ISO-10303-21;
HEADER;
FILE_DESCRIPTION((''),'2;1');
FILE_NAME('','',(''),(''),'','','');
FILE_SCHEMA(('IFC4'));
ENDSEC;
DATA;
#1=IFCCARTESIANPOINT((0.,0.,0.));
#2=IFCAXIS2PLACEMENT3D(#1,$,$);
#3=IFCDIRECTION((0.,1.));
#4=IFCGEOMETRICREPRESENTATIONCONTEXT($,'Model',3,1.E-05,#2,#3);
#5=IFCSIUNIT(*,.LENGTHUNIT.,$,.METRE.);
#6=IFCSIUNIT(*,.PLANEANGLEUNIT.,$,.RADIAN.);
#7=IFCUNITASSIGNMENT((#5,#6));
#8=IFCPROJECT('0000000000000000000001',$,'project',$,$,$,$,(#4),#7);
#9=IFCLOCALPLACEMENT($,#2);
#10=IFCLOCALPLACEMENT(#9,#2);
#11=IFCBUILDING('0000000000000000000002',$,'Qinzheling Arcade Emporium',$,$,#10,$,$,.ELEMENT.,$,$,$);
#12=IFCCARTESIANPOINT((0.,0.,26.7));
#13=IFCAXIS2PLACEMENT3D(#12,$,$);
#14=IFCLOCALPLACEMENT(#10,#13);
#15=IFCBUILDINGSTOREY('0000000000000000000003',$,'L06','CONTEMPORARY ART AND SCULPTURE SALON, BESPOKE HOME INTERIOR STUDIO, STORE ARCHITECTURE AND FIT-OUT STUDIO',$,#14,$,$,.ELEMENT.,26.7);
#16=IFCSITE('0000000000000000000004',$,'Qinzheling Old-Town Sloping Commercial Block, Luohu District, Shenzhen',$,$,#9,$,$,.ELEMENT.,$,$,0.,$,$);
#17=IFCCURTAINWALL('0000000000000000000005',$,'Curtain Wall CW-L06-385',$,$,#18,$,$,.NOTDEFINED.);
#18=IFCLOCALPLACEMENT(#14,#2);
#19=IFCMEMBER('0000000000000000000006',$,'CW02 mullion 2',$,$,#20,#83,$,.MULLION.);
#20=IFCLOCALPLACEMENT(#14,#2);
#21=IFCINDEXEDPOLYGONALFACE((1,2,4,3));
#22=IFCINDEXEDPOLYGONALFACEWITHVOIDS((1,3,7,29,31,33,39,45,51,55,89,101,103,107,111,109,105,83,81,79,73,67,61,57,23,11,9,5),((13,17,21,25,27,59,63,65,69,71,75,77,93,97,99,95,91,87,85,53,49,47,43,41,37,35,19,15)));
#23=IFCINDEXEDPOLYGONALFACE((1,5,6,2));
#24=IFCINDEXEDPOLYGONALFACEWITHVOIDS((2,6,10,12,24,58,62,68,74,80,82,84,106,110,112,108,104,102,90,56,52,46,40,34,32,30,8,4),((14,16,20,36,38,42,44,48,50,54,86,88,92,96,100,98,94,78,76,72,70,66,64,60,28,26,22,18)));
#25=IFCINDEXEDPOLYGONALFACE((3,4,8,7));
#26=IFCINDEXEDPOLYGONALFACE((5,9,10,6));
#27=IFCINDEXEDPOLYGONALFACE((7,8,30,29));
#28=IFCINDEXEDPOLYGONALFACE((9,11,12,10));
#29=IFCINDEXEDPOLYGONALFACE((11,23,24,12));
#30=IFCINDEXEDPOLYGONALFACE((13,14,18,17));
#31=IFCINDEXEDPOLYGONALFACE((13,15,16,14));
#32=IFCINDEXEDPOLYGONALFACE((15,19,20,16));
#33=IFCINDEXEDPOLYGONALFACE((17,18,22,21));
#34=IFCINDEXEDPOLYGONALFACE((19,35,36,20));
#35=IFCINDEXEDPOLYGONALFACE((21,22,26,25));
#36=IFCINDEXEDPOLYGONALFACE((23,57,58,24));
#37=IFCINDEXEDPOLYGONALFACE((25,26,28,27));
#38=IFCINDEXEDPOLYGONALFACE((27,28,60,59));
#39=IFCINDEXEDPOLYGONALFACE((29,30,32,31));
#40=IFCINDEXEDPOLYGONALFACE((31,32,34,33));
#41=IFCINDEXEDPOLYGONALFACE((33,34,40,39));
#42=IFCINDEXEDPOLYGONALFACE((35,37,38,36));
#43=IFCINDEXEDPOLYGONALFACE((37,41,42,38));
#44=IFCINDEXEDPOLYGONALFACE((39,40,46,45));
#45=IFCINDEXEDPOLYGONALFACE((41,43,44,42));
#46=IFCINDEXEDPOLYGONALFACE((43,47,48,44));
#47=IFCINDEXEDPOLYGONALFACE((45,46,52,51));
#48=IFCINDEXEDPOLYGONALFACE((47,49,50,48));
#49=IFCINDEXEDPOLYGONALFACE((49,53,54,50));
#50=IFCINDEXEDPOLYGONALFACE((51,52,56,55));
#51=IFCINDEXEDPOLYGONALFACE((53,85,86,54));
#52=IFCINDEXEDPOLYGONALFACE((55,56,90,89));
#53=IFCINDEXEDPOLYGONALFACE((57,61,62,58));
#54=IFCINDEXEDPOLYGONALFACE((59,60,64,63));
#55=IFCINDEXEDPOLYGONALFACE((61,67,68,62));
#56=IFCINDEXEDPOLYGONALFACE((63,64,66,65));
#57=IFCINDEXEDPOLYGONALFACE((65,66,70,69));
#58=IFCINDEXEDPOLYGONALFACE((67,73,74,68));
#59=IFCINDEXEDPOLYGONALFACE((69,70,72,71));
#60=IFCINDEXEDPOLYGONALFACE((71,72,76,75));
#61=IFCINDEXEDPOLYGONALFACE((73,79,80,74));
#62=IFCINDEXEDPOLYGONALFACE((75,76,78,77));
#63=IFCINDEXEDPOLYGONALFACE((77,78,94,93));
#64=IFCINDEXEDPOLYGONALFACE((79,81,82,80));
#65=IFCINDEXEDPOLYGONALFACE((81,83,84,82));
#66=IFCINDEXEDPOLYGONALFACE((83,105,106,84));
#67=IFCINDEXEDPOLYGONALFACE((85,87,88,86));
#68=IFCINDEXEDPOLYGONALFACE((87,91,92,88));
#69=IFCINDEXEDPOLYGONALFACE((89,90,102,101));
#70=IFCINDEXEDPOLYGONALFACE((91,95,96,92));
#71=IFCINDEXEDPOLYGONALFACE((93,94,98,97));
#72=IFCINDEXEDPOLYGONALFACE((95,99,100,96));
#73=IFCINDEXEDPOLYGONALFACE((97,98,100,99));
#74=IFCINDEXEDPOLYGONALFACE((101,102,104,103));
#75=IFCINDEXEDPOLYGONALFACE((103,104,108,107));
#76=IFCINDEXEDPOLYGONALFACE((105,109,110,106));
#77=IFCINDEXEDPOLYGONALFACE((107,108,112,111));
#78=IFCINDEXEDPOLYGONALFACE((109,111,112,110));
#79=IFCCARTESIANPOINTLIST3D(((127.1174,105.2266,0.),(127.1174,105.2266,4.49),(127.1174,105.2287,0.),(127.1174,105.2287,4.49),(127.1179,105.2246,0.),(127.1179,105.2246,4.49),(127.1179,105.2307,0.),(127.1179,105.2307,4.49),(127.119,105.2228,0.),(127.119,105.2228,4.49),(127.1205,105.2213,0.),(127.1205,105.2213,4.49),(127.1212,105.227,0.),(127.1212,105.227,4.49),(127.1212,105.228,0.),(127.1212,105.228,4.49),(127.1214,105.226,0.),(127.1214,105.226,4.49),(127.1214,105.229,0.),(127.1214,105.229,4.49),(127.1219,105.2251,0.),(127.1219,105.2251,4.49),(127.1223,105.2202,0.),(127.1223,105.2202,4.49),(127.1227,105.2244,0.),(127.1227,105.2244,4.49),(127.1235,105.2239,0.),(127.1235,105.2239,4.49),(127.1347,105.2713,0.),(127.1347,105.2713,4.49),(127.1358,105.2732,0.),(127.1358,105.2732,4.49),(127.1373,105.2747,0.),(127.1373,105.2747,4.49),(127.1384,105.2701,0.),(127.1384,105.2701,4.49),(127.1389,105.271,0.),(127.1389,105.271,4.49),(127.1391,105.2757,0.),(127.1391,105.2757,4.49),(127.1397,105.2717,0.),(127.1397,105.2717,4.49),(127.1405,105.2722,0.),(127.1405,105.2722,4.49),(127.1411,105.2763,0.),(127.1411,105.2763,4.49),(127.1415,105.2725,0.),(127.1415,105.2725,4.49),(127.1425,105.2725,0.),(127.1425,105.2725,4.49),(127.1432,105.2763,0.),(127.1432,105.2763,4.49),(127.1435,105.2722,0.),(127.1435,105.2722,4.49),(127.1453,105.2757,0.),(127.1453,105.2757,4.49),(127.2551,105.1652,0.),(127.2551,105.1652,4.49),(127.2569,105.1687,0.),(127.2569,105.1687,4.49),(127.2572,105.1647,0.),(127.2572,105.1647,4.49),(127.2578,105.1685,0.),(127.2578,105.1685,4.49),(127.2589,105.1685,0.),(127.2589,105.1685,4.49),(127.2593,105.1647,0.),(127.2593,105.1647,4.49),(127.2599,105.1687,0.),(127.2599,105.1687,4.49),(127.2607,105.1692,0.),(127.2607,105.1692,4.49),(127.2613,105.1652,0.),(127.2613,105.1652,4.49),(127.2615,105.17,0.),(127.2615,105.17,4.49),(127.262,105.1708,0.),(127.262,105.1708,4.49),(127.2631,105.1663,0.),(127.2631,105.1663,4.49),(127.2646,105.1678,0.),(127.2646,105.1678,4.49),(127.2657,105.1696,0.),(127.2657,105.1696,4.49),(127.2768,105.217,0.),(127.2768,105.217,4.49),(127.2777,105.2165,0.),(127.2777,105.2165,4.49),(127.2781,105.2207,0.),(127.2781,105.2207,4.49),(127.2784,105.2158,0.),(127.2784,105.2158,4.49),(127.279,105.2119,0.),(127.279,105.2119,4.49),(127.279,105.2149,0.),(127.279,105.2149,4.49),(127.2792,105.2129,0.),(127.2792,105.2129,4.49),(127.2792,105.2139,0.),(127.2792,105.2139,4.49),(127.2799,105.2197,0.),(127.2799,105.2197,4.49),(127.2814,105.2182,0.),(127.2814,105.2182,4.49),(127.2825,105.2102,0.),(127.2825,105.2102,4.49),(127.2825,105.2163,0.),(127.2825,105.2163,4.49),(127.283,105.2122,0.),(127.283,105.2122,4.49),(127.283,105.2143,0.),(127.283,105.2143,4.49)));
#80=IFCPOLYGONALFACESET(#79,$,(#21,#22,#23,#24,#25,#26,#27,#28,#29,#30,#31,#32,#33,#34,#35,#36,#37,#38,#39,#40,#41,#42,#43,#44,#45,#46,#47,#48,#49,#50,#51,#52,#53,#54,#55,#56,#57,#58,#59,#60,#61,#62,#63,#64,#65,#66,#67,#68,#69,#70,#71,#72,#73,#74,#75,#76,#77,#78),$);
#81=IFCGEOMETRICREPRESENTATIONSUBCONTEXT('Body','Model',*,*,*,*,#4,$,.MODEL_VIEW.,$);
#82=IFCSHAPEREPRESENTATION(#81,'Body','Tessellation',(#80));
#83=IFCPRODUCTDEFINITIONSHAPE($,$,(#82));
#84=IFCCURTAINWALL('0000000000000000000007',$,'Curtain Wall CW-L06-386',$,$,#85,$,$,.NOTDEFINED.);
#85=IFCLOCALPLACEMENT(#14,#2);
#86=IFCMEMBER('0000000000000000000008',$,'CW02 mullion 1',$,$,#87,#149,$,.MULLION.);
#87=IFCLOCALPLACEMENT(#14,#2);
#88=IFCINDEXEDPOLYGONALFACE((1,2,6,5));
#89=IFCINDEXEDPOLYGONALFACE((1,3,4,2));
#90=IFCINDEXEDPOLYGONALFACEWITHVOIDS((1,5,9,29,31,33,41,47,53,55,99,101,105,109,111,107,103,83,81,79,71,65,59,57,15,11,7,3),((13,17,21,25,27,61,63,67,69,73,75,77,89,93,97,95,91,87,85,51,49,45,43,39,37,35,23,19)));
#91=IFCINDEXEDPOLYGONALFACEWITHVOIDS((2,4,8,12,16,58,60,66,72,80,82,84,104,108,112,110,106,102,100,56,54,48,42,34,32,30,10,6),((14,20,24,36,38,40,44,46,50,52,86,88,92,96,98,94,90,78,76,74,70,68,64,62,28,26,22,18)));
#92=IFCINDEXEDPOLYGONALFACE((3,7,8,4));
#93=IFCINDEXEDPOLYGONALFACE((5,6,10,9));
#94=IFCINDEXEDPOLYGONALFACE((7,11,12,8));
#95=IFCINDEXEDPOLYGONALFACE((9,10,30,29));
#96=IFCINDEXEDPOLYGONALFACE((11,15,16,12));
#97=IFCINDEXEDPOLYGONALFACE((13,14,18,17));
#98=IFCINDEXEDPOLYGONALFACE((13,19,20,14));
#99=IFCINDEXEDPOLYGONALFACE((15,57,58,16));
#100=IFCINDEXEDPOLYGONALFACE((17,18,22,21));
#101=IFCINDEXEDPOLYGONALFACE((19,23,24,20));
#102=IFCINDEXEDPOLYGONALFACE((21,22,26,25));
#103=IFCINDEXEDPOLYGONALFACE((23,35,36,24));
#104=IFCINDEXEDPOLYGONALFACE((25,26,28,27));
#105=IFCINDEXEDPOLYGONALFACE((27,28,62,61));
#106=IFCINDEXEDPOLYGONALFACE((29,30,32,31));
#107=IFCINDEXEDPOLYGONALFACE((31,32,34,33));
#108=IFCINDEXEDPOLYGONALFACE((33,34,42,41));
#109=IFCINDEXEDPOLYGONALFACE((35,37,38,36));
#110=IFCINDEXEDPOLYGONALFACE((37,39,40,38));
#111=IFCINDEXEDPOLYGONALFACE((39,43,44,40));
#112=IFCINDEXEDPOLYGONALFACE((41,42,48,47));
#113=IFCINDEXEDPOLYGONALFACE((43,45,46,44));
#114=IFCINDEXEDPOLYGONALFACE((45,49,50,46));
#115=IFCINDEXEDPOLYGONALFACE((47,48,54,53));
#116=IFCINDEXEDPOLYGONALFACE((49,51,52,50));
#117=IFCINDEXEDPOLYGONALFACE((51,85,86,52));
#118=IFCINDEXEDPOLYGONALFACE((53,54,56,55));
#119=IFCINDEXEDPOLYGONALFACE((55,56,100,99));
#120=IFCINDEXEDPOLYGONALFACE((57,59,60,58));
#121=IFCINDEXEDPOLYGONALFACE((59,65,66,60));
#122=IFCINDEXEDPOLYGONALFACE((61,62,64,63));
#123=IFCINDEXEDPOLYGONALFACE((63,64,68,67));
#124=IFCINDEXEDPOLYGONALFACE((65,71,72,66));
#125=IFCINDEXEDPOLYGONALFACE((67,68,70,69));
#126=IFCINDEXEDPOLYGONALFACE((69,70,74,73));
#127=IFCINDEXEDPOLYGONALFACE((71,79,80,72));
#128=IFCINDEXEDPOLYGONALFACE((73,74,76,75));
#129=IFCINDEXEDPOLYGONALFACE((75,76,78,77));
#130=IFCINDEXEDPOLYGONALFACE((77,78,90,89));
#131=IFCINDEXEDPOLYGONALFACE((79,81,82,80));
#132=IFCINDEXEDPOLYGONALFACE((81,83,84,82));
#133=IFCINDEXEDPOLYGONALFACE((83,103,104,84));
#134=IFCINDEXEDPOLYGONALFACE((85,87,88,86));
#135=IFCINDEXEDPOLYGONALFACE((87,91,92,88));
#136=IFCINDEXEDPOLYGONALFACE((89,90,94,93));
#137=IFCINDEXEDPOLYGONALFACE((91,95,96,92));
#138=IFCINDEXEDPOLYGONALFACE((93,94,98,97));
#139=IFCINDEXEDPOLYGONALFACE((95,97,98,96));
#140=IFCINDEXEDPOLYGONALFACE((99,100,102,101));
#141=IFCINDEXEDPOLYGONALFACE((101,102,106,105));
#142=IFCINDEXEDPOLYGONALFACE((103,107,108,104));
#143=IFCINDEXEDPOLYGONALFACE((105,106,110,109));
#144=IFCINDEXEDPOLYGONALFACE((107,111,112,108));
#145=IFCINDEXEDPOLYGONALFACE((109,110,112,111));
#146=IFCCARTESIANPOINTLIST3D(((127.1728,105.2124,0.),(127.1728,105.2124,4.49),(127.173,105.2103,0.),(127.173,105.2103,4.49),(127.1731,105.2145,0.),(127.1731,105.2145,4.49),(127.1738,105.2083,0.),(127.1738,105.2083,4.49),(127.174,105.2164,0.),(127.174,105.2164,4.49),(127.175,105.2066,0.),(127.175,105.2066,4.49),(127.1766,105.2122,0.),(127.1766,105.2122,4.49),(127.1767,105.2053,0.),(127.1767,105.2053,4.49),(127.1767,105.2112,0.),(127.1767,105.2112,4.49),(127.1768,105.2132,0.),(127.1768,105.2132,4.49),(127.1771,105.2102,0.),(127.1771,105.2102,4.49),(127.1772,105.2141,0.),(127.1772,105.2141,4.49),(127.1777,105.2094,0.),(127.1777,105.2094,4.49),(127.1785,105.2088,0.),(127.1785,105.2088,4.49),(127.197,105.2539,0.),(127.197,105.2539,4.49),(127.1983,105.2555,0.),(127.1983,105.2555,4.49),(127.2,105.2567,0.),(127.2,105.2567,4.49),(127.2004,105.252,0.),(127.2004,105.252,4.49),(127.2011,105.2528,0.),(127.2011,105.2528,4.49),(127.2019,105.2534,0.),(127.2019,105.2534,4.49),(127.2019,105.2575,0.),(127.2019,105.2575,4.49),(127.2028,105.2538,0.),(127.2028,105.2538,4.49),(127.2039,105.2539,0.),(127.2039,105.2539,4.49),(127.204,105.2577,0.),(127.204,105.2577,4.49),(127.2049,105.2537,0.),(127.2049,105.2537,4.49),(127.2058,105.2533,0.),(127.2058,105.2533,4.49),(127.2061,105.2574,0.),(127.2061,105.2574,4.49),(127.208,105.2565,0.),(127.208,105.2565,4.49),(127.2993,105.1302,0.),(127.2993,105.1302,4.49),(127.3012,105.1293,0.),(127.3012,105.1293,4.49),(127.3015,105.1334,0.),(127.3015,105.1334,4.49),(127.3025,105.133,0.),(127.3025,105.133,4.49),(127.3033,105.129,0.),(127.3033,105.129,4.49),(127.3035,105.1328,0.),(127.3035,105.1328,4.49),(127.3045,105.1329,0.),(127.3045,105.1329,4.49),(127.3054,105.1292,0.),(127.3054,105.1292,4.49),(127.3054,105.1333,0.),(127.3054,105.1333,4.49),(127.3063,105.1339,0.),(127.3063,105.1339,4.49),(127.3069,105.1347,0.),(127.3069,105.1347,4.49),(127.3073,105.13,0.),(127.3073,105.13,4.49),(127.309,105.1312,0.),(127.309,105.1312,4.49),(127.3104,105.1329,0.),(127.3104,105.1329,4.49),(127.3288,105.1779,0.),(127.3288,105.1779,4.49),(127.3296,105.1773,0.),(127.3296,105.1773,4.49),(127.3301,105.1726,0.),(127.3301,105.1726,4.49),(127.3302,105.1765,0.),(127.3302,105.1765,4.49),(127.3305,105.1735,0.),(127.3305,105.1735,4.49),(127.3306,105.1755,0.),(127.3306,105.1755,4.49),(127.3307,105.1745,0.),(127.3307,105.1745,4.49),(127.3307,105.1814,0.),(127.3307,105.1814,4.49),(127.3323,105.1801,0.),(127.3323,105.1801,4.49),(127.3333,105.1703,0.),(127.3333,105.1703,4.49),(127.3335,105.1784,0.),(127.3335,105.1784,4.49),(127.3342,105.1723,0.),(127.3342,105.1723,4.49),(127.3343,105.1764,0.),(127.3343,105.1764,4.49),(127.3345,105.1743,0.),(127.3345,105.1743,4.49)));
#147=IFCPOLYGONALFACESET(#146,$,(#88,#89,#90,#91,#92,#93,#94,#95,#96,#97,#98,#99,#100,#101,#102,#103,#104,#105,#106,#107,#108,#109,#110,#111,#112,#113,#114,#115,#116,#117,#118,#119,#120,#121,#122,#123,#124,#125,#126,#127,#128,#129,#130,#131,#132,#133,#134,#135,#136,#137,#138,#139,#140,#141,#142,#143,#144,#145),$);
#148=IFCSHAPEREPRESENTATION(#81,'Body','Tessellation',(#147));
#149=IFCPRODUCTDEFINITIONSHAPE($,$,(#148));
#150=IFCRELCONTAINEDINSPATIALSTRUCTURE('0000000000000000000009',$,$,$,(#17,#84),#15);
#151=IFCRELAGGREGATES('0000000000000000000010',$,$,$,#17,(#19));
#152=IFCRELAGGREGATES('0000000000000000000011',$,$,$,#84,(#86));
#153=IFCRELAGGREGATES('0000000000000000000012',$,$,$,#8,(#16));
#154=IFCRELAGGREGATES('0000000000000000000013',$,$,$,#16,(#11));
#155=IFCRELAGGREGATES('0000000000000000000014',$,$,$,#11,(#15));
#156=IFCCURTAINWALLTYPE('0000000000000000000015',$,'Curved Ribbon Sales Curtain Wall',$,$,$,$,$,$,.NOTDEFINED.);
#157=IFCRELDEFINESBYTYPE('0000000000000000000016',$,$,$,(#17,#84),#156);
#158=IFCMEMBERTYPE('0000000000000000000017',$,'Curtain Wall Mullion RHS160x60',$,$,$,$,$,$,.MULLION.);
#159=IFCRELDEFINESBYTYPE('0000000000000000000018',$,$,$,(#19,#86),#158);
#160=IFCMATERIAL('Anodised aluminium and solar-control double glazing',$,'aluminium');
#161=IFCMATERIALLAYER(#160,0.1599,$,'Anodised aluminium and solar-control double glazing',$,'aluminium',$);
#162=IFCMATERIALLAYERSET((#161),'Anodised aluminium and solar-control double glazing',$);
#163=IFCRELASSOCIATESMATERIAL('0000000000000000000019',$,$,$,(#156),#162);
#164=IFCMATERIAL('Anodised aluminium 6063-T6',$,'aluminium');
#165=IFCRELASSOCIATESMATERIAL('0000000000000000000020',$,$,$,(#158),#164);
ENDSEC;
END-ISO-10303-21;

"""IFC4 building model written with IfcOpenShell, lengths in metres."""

from ifc_helpers import new_model, si_unit, direction, frame, origin, origin_2d, place, context, subcontext, project, spatial, hollow_rectangle, extrude, material, layer, layer_set, material_profile, profile_set, type_object, element, aggregate, save


model = new_model("IFC4")

# Units and contexts
model_context = context("Model", 3, precision=1e-05, world=origin(), true_north=direction((0.0, 1.0)))
body_context = subcontext(model_context, "Body", "Model", "MODEL_VIEW")
ifc_project = project(units=[si_unit("LENGTHUNIT", "METRE"), si_unit("PLANEANGLEUNIT", "RADIAN")], contexts=[model_context])

# Site, building, storey
site_placement = place(None, origin())
site = spatial("IfcSite", under=ifc_project, at=site_placement, Name="Qinzheling Old-Town Sloping Commercial Block, Luohu District, Shenzhen", CompositionType="ELEMENT", RefElevation=0.0)
building_placement = place(site_placement, origin())
building = spatial("IfcBuilding", under=site, at=building_placement, Name="Qinzheling Arcade Emporium", CompositionType="ELEMENT")
storey_placement = place(building_placement, frame((0.0, 0.0, 26.7)))
storey = spatial("IfcBuildingStorey", under=building, at=storey_placement, Name="L06", Description="CONTEMPORARY ART AND SCULPTURE SALON, BESPOKE HOME INTERIOR STUDIO, STORE ARCHITECTURE AND FIT-OUT STUDIO", CompositionType="ELEMENT", Elevation=26.7)

# Shared definitions
ifc_material_1 = material(Name="Anodised aluminium and solar-control double glazing", Category="aluminium")
ifc_layer_1 = layer(ifc_material_1, 0.1599, Name="Anodised aluminium and solar-control double glazing", Category="aluminium")
ifc_layer_set_1 = layer_set([ifc_layer_1], Name="Anodised aluminium and solar-control double glazing")
curtain_wall_type = type_object("IfcCurtainWallType", Name="Curved Ribbon Sales Curtain Wall", PredefinedType="NOTDEFINED", material=ifc_layer_set_1)
ifc_material_2 = material(Name="Anodised aluminium 6063-T6", Category="aluminium")
ifc_material_profile_1 = material_profile(ifc_material_2, hollow_rectangle(XDim=0.0601, YDim=0.1599, WallThickness=0.0039, InnerFilletRadius=0.0039, OuterFilletRadius=0.0081, at=origin_2d()), Name="RHS 160x60x4", Category="aluminium")
ifc_profile_set_1 = profile_set([ifc_material_profile_1], Name="Anodised aluminium 6063-T6")
member_type_1 = type_object("IfcMemberType", Name="Curtain Wall Mullion RHS160x60", PredefinedType="MULLION", material=ifc_profile_set_1)

# Curtain walls, members
curtain_wall_1_placement = place(storey_placement, origin())
curtain_wall_1 = element("IfcCurtainWall", 1, at=curtain_wall_1_placement, inside=storey, type_object=curtain_wall_type, Name="Curtain Wall CW-L06-385", PredefinedType="NOTDEFINED")
member_1_placement = place(storey_placement, frame((127.2002, 105.2205, 0.0), z_axis=(0.0, 0.0, 1.0), x_axis=(0.382506, 0.923953, 0.0)))
member_1 = element("IfcMember", 2, at=member_1_placement, type_object=member_type_1, Name="CW02 mullion 2", PredefinedType="MULLION", context=body_context, shape_type="SweptSolid", body=[
    extrude(hollow_rectangle(XDim=0.0601, YDim=0.1599, WallThickness=0.0039, InnerFilletRadius=0.0039, OuterFilletRadius=0.0081, at=origin_2d()), origin(), (0.0, 0.0, 1.0), 4.49),
])
curtain_wall_2_placement = place(storey_placement, origin())
curtain_wall_2 = element("IfcCurtainWall", 3, at=curtain_wall_2_placement, inside=storey, type_object=curtain_wall_type, Name="Curtain Wall CW-L06-386", PredefinedType="NOTDEFINED")
member_2_placement = place(storey_placement, frame((127.2537, 105.1934, 0.0), z_axis=(0.0, 0.0, 1.0), x_axis=(0.522368, 0.85272, 0.0)))
member_2 = element("IfcMember", 4, at=member_2_placement, type_object=member_type_1, Name="CW02 mullion 1", PredefinedType="MULLION", context=body_context, shape_type="SweptSolid", body=[
    extrude(hollow_rectangle(XDim=0.0601, YDim=0.1599, WallThickness=0.0039, InnerFilletRadius=0.0039, OuterFilletRadius=0.0081, at=origin_2d()), origin(), (0.0, 0.0, 1.0), 4.49),
])

aggregate(curtain_wall_1, [member_1])
aggregate(curtain_wall_2, [member_2])

save(model, "model.ifc")
